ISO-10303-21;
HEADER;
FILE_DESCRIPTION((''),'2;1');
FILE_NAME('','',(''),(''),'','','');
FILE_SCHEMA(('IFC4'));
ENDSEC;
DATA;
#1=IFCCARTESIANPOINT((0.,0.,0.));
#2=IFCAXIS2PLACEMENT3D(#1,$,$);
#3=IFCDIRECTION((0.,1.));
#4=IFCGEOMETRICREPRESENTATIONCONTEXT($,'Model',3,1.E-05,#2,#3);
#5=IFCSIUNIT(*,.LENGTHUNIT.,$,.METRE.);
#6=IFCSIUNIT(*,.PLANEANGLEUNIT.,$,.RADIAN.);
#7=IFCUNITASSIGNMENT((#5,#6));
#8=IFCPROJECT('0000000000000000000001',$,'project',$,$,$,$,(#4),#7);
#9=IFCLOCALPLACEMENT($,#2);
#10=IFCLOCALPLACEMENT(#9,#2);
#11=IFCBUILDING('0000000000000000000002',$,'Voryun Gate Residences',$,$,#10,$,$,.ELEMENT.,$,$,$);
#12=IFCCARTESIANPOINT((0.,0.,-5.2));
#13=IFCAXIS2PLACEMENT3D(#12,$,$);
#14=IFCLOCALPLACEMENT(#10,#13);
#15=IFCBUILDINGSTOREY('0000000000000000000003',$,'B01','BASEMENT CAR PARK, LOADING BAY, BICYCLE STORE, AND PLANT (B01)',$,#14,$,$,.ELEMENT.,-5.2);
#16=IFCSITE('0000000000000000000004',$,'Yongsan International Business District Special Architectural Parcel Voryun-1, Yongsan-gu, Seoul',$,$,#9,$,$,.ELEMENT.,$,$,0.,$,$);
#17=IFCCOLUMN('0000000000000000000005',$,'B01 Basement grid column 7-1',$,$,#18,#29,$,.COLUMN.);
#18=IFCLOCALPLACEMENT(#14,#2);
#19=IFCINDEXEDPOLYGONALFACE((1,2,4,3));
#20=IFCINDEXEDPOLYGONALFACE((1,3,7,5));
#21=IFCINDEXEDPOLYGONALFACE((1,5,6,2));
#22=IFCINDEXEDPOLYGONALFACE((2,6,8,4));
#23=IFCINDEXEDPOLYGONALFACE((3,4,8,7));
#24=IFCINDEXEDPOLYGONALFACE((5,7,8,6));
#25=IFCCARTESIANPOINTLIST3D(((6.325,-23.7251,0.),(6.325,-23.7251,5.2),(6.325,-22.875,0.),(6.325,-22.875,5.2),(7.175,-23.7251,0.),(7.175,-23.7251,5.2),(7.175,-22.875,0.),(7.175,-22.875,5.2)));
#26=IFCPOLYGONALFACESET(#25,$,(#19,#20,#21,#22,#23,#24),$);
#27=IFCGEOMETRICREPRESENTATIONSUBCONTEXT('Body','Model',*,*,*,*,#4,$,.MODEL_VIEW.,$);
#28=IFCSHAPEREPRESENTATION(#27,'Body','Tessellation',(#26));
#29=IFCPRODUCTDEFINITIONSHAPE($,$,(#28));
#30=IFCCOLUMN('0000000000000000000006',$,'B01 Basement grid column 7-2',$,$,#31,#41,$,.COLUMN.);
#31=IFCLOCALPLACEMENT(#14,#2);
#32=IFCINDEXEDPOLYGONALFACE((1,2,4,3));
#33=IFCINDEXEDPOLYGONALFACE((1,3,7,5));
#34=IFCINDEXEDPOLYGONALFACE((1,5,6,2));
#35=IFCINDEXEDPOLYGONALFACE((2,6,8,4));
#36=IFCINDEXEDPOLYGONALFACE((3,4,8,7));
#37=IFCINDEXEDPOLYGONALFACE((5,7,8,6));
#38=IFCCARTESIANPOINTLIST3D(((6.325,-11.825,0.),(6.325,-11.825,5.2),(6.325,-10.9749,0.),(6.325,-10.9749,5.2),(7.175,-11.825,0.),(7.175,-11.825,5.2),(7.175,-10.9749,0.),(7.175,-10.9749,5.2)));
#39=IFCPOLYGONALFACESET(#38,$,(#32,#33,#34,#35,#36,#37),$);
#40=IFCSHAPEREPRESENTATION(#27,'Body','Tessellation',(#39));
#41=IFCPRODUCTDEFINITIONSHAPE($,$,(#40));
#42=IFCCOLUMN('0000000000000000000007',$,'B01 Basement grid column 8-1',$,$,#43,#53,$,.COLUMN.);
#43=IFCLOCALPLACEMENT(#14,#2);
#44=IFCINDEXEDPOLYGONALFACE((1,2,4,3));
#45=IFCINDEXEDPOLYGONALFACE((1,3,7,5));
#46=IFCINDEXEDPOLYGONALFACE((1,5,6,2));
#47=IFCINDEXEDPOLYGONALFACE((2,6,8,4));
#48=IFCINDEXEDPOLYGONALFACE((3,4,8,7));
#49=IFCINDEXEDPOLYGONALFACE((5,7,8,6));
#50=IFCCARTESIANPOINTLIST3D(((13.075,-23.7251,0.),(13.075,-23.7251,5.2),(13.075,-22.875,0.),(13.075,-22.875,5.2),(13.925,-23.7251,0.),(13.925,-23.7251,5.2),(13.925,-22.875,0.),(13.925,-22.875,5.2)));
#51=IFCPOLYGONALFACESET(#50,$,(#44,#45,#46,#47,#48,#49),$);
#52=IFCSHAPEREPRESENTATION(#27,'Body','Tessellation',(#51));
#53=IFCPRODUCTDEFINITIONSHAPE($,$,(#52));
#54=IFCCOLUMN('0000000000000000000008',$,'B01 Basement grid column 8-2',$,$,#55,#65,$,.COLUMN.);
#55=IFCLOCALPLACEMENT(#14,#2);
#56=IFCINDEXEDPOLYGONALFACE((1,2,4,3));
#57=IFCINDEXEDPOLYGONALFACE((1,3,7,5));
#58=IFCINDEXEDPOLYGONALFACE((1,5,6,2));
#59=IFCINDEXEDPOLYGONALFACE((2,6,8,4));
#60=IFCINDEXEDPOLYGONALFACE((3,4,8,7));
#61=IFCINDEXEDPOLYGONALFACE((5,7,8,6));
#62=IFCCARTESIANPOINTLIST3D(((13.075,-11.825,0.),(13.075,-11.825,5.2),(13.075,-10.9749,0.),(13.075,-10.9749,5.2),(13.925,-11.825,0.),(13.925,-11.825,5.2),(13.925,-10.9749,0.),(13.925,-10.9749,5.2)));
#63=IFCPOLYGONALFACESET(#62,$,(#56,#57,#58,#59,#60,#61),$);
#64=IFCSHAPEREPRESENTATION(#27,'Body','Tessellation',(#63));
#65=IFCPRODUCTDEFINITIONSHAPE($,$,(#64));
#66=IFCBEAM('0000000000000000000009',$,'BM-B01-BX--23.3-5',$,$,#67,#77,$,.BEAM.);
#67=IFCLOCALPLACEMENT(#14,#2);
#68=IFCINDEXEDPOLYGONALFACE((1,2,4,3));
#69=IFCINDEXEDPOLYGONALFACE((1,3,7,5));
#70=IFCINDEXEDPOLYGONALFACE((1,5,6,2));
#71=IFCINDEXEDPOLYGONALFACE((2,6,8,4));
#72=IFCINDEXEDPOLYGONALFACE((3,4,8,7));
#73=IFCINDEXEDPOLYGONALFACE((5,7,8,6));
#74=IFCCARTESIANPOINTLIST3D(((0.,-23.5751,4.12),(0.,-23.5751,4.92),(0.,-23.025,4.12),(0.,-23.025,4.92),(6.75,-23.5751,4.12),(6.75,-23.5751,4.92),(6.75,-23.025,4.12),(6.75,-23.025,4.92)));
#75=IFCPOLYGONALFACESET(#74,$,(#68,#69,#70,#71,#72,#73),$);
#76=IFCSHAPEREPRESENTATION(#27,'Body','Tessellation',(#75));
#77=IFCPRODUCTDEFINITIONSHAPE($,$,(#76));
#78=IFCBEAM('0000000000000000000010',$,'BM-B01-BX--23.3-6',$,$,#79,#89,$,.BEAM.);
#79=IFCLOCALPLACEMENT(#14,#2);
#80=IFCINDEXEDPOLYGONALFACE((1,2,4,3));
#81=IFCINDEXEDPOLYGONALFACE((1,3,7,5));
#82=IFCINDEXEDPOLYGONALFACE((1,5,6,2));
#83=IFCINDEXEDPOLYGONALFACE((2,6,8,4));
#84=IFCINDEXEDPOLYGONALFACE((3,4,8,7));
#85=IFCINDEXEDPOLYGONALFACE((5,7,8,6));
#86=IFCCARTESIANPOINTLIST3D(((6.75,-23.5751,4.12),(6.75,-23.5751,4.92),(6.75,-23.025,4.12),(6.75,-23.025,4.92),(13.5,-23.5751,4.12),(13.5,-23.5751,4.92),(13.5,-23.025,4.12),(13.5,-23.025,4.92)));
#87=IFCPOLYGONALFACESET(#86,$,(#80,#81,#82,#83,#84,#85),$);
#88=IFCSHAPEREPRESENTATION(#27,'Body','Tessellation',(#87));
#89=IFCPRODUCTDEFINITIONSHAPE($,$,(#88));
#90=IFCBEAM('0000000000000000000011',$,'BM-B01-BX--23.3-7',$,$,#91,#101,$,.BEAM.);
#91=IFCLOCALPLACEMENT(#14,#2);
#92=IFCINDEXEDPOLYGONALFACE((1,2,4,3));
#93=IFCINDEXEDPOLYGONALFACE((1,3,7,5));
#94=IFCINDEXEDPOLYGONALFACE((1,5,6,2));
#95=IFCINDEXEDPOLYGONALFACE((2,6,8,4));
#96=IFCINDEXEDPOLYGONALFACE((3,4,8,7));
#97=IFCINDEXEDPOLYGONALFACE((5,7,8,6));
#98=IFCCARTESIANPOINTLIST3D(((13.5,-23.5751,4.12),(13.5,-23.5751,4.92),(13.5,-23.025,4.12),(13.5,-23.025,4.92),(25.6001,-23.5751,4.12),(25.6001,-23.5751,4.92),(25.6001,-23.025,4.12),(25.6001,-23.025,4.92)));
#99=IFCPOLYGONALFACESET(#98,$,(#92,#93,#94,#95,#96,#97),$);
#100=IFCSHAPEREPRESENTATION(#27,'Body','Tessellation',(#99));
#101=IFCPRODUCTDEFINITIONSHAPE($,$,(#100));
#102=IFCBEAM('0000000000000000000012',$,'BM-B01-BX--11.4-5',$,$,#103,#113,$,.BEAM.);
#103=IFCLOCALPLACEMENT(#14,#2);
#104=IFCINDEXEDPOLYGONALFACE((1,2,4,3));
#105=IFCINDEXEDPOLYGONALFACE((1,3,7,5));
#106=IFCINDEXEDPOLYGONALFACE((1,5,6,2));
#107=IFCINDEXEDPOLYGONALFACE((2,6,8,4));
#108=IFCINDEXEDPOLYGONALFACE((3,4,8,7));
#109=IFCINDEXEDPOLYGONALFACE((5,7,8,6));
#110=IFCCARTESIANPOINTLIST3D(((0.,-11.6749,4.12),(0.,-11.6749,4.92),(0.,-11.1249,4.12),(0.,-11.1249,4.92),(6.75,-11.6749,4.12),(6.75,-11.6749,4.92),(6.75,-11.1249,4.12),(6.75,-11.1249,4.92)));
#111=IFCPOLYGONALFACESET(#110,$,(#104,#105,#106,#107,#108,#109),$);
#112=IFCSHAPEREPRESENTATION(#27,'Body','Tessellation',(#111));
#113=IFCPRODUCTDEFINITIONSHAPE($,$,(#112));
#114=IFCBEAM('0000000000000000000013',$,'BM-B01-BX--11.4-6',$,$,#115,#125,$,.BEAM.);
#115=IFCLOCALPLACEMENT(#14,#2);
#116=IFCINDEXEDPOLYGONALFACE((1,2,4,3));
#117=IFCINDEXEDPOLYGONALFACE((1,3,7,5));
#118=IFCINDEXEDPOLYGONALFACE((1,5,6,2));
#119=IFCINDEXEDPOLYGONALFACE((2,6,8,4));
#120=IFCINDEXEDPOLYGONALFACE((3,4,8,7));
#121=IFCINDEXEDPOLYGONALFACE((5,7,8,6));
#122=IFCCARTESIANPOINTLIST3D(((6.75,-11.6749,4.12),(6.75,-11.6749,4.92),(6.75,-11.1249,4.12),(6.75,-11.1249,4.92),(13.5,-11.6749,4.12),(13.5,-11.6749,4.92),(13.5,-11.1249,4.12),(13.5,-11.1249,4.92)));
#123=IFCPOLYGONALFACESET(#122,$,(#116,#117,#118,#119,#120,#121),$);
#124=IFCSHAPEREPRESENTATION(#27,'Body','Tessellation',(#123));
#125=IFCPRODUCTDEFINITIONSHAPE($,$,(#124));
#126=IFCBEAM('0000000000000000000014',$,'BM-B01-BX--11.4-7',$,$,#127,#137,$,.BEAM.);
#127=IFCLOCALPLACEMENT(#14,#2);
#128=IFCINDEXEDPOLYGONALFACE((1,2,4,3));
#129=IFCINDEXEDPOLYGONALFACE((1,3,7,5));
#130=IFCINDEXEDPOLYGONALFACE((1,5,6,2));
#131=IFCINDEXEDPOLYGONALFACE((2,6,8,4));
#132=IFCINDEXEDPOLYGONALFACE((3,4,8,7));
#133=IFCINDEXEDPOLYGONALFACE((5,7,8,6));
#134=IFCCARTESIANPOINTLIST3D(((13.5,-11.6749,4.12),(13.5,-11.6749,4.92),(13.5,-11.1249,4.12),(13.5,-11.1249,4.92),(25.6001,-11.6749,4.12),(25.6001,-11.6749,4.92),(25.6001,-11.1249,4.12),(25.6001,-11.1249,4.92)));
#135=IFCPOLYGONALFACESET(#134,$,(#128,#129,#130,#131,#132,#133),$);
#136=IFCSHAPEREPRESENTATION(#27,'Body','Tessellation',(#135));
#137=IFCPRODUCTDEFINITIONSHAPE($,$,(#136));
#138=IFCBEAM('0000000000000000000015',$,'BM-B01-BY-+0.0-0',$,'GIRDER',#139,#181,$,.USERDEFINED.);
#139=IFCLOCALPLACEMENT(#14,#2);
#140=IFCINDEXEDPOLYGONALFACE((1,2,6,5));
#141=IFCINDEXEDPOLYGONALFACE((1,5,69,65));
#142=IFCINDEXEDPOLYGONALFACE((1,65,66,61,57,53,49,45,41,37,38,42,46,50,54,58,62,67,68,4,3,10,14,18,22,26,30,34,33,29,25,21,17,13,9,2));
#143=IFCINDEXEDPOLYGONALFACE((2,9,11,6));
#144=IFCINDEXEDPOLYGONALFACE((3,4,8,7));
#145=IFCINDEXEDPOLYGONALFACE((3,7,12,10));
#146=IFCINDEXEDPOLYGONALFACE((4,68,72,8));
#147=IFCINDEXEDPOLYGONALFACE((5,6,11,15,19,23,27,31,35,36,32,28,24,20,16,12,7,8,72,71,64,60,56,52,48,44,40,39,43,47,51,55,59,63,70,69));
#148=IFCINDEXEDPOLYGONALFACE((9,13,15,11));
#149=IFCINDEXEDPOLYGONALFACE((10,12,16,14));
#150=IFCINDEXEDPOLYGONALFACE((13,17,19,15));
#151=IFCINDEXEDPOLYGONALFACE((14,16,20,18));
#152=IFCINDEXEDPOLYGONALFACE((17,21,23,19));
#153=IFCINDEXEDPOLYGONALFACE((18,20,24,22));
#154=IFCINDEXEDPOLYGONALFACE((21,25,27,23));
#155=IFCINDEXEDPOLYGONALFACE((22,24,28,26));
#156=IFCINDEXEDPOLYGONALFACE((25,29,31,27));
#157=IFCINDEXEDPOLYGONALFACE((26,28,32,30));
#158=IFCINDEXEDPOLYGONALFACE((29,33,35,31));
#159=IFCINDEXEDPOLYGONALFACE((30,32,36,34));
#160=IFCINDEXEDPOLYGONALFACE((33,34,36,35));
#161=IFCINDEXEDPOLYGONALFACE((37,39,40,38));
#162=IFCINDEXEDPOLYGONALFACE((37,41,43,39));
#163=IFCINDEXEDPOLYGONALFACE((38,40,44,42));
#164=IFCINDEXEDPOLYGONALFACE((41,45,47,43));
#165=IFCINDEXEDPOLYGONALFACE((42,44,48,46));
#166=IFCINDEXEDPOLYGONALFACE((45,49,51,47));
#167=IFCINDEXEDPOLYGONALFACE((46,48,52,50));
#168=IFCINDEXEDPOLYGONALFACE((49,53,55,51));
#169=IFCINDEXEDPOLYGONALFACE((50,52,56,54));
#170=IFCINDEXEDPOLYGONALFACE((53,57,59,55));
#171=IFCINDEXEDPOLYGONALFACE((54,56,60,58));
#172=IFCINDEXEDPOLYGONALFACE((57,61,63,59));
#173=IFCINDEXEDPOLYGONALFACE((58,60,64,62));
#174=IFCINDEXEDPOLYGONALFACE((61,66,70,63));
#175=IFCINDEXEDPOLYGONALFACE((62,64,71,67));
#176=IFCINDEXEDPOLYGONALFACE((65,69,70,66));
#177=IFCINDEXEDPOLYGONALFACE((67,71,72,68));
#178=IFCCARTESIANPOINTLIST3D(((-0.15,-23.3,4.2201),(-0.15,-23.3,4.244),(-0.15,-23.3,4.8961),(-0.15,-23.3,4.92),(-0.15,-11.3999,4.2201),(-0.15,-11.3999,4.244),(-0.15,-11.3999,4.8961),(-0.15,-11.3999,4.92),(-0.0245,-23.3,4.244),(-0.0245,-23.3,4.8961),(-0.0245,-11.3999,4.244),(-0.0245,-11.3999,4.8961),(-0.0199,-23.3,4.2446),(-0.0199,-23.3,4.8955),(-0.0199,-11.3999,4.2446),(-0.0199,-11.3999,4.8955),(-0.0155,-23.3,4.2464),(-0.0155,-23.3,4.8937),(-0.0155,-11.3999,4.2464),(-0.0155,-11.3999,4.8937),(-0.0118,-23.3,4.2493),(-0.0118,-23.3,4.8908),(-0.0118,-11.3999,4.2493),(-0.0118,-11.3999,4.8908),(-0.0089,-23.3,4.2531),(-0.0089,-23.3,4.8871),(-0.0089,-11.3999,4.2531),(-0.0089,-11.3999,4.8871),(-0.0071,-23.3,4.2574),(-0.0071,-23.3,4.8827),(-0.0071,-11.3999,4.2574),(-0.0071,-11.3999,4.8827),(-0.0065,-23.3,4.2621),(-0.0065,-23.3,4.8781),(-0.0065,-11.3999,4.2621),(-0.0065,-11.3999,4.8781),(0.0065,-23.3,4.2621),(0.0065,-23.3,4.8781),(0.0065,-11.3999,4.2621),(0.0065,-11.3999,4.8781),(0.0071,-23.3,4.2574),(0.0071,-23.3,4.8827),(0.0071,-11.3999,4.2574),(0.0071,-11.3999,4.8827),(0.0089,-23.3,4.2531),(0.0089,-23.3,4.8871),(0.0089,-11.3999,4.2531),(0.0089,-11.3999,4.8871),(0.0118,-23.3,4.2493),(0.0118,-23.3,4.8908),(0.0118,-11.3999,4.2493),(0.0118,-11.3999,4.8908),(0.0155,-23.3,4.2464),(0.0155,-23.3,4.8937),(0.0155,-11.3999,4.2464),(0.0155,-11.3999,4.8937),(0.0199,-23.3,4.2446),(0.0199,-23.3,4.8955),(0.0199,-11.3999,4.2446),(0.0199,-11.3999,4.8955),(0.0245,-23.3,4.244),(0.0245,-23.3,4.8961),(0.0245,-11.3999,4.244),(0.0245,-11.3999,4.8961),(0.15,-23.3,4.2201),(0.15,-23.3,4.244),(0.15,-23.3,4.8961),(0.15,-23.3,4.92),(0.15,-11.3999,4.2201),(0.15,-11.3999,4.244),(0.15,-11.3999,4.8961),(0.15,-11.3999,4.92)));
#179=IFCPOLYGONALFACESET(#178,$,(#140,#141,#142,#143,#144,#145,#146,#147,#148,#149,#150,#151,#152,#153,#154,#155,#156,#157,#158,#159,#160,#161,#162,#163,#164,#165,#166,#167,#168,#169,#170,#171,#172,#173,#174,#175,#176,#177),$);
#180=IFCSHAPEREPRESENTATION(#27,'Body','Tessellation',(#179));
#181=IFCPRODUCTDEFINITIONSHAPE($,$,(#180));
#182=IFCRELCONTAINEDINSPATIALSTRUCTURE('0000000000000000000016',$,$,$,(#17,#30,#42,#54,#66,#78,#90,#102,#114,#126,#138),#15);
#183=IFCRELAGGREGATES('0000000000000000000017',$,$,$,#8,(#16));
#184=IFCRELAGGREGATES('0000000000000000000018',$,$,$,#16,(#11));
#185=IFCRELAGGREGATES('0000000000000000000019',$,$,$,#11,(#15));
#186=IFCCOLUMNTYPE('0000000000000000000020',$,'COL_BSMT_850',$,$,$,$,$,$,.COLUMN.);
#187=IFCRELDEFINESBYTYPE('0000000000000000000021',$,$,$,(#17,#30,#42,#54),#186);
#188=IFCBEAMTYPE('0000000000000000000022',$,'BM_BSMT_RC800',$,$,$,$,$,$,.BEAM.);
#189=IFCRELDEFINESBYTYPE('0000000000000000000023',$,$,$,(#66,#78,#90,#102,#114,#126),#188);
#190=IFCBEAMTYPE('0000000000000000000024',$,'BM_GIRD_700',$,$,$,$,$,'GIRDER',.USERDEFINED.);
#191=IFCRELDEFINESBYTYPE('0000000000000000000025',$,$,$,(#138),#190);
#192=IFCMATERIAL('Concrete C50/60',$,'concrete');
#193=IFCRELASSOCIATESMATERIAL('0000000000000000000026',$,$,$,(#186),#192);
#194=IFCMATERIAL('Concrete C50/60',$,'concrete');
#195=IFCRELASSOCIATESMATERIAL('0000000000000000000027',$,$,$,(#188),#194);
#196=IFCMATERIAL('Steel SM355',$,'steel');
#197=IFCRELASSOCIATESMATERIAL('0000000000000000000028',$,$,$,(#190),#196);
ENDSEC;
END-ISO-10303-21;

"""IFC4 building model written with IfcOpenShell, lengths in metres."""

from ifc_helpers import new_model, si_unit, direction, frame, origin, origin_2d, place, context, subcontext, project, spatial, rectangle, i_section, extrude, material, material_profile, profile_set, type_object, element, save


model = new_model("IFC4")

# Units and contexts
model_context = context("Model", 3, precision=1e-05, world=origin(), true_north=direction((0.0, 1.0)))
body_context = subcontext(model_context, "Body", "Model", "MODEL_VIEW")
ifc_project = project(units=[si_unit("LENGTHUNIT", "METRE"), si_unit("PLANEANGLEUNIT", "RADIAN")], contexts=[model_context])

# Site, building, storey
site_placement = place(None, origin())
site = spatial("IfcSite", under=ifc_project, at=site_placement, Name="Yongsan International Business District Special Architectural Parcel Voryun-1, Yongsan-gu, Seoul", CompositionType="ELEMENT", RefElevation=0.0)
building_placement = place(site_placement, origin())
building = spatial("IfcBuilding", under=site, at=building_placement, Name="Voryun Gate Residences", CompositionType="ELEMENT")
storey_placement = place(building_placement, frame((0.0, 0.0, -5.2)))
storey = spatial("IfcBuildingStorey", under=building, at=storey_placement, Name="B01", Description="BASEMENT CAR PARK, LOADING BAY, BICYCLE STORE, AND PLANT (B01)", CompositionType="ELEMENT", Elevation=-5.2)

# Columns
ifc_material_1 = material(Name="Concrete C50/60", Category="concrete")
ifc_material_profile_1 = material_profile(ifc_material_1, rectangle(XDim=0.8501, YDim=0.8501, at=origin_2d()), Name="RC-850x850")
ifc_profile_set_1 = profile_set([ifc_material_profile_1], Name="Concrete C50/60")
column_type = type_object("IfcColumnType", Name="COL_BSMT_850", PredefinedType="COLUMN", material=ifc_profile_set_1)
for number, where, z_axis, x_axis, name in (
    (1, (6.75, -23.3, 0.0), (0.0, 0.0, 1.0), (1.0, 0.0, 0.0), "B01 Basement grid column 7-1"),
    (2, (6.75, -11.3999, 0.0), (0.0, 0.0, 1.0), (1.0, 0.0, 0.0), "B01 Basement grid column 7-2"),
    (3, (13.5, -23.3, 0.0), (0.0, 0.0, 1.0), (1.0, 0.0, 0.0), "B01 Basement grid column 8-1"),
    (4, (13.5, -11.3999, 0.0), (0.0, 0.0, 1.0), (1.0, 0.0, 0.0), "B01 Basement grid column 8-2"),
):
    element("IfcColumn", number, at=place(storey_placement, frame(where, z_axis=z_axis, x_axis=x_axis)), inside=storey, type_object=column_type, Name=name, PredefinedType="COLUMN", context=body_context, shape_type="SweptSolid", body=[
        extrude(rectangle(XDim=0.8501, YDim=0.8501, at=origin_2d()), origin(), (0.0, 0.0, 1.0), 5.2),
    ])

# Beams
ifc_material_2 = material(Name="Concrete C50/60", Category="concrete")
ifc_material_profile_2 = material_profile(ifc_material_2, rectangle(XDim=0.55, YDim=0.8, at=origin_2d()), Name="RC-550x800")
ifc_profile_set_2 = profile_set([ifc_material_profile_2], Name="Concrete C50/60")
beam_type_1 = type_object("IfcBeamType", Name="BM_BSMT_RC800", PredefinedType="BEAM", material=ifc_profile_set_2)
for number, where, z_axis, x_axis, name in (
    (5, (0.0, -23.3, 4.52), (1.0, 0.0, 0.0), (0.0, 1.0, 0.0), "BM-B01-BX--23.3-5"),
    (6, (6.75, -23.3, 4.52), (1.0, 0.0, 0.0), (0.0, 1.0, 0.0), "BM-B01-BX--23.3-6"),
):
    element("IfcBeam", number, at=place(storey_placement, frame(where, z_axis=z_axis, x_axis=x_axis)), inside=storey, type_object=beam_type_1, Name=name, PredefinedType="BEAM", context=body_context, shape_type="SweptSolid", body=[
        extrude(rectangle(XDim=0.55, YDim=0.8, at=origin_2d()), origin(), (0.0, 0.0, 1.0), 6.75),
    ])
beam_1_placement = place(storey_placement, frame((13.5, -23.3, 4.52), z_axis=(1.0, 0.0, 0.0), x_axis=(0.0, 1.0, 0.0)))
element("IfcBeam", 7, at=beam_1_placement, inside=storey, type_object=beam_type_1, Name="BM-B01-BX--23.3-7", PredefinedType="BEAM", context=body_context, shape_type="SweptSolid", body=[
    extrude(rectangle(XDim=0.55, YDim=0.8, at=origin_2d()), origin(), (0.0, 0.0, 1.0), 12.1001),
])
for number, where, z_axis, x_axis, name in (
    (8, (0.0, -11.3999, 4.52), (1.0, 0.0, 0.0), (0.0, 1.0, 0.0), "BM-B01-BX--11.4-5"),
    (9, (6.75, -11.3999, 4.52), (1.0, 0.0, 0.0), (0.0, 1.0, 0.0), "BM-B01-BX--11.4-6"),
):
    element("IfcBeam", number, at=place(storey_placement, frame(where, z_axis=z_axis, x_axis=x_axis)), inside=storey, type_object=beam_type_1, Name=name, PredefinedType="BEAM", context=body_context, shape_type="SweptSolid", body=[
        extrude(rectangle(XDim=0.55, YDim=0.8, at=origin_2d()), origin(), (0.0, 0.0, 1.0), 6.75),
    ])
beam_2_placement = place(storey_placement, frame((13.5, -11.3999, 4.52), z_axis=(1.0, 0.0, 0.0), x_axis=(0.0, 1.0, 0.0)))
element("IfcBeam", 10, at=beam_2_placement, inside=storey, type_object=beam_type_1, Name="BM-B01-BX--11.4-7", PredefinedType="BEAM", context=body_context, shape_type="SweptSolid", body=[
    extrude(rectangle(XDim=0.55, YDim=0.8, at=origin_2d()), origin(), (0.0, 0.0, 1.0), 12.1001),
])
ifc_material_3 = material(Name="Steel SM355", Category="steel")
ifc_material_profile_3 = material_profile(ifc_material_3, i_section(OverallWidth=0.3, OverallDepth=0.7, WebThickness=0.0129, FlangeThickness=0.0239, FilletRadius=0.0181, at=origin_2d()), Name="H-700x300x13x24")
ifc_profile_set_3 = profile_set([ifc_material_profile_3], Name="Steel SM355")
beam_type_2 = type_object("IfcBeamType", Name="BM_GIRD_700", ElementType="GIRDER", PredefinedType="USERDEFINED", material=ifc_profile_set_3)
beam_3_placement = place(storey_placement, frame((0.0, -23.3, 4.5701), z_axis=(0.0, 1.0, 0.0), x_axis=(-1.0, 0.0, 0.0)))
element("IfcBeam", 11, at=beam_3_placement, inside=storey, type_object=beam_type_2, Name="BM-B01-BY-+0.0-0", ObjectType="GIRDER", PredefinedType="USERDEFINED", context=body_context, shape_type="SweptSolid", body=[
    extrude(i_section(OverallWidth=0.3, OverallDepth=0.7, WebThickness=0.0129, FlangeThickness=0.0239, FilletRadius=0.0181, at=origin_2d()), origin(), (0.0, 0.0, 1.0), 11.9001),
])

save(model, "model.ifc")
